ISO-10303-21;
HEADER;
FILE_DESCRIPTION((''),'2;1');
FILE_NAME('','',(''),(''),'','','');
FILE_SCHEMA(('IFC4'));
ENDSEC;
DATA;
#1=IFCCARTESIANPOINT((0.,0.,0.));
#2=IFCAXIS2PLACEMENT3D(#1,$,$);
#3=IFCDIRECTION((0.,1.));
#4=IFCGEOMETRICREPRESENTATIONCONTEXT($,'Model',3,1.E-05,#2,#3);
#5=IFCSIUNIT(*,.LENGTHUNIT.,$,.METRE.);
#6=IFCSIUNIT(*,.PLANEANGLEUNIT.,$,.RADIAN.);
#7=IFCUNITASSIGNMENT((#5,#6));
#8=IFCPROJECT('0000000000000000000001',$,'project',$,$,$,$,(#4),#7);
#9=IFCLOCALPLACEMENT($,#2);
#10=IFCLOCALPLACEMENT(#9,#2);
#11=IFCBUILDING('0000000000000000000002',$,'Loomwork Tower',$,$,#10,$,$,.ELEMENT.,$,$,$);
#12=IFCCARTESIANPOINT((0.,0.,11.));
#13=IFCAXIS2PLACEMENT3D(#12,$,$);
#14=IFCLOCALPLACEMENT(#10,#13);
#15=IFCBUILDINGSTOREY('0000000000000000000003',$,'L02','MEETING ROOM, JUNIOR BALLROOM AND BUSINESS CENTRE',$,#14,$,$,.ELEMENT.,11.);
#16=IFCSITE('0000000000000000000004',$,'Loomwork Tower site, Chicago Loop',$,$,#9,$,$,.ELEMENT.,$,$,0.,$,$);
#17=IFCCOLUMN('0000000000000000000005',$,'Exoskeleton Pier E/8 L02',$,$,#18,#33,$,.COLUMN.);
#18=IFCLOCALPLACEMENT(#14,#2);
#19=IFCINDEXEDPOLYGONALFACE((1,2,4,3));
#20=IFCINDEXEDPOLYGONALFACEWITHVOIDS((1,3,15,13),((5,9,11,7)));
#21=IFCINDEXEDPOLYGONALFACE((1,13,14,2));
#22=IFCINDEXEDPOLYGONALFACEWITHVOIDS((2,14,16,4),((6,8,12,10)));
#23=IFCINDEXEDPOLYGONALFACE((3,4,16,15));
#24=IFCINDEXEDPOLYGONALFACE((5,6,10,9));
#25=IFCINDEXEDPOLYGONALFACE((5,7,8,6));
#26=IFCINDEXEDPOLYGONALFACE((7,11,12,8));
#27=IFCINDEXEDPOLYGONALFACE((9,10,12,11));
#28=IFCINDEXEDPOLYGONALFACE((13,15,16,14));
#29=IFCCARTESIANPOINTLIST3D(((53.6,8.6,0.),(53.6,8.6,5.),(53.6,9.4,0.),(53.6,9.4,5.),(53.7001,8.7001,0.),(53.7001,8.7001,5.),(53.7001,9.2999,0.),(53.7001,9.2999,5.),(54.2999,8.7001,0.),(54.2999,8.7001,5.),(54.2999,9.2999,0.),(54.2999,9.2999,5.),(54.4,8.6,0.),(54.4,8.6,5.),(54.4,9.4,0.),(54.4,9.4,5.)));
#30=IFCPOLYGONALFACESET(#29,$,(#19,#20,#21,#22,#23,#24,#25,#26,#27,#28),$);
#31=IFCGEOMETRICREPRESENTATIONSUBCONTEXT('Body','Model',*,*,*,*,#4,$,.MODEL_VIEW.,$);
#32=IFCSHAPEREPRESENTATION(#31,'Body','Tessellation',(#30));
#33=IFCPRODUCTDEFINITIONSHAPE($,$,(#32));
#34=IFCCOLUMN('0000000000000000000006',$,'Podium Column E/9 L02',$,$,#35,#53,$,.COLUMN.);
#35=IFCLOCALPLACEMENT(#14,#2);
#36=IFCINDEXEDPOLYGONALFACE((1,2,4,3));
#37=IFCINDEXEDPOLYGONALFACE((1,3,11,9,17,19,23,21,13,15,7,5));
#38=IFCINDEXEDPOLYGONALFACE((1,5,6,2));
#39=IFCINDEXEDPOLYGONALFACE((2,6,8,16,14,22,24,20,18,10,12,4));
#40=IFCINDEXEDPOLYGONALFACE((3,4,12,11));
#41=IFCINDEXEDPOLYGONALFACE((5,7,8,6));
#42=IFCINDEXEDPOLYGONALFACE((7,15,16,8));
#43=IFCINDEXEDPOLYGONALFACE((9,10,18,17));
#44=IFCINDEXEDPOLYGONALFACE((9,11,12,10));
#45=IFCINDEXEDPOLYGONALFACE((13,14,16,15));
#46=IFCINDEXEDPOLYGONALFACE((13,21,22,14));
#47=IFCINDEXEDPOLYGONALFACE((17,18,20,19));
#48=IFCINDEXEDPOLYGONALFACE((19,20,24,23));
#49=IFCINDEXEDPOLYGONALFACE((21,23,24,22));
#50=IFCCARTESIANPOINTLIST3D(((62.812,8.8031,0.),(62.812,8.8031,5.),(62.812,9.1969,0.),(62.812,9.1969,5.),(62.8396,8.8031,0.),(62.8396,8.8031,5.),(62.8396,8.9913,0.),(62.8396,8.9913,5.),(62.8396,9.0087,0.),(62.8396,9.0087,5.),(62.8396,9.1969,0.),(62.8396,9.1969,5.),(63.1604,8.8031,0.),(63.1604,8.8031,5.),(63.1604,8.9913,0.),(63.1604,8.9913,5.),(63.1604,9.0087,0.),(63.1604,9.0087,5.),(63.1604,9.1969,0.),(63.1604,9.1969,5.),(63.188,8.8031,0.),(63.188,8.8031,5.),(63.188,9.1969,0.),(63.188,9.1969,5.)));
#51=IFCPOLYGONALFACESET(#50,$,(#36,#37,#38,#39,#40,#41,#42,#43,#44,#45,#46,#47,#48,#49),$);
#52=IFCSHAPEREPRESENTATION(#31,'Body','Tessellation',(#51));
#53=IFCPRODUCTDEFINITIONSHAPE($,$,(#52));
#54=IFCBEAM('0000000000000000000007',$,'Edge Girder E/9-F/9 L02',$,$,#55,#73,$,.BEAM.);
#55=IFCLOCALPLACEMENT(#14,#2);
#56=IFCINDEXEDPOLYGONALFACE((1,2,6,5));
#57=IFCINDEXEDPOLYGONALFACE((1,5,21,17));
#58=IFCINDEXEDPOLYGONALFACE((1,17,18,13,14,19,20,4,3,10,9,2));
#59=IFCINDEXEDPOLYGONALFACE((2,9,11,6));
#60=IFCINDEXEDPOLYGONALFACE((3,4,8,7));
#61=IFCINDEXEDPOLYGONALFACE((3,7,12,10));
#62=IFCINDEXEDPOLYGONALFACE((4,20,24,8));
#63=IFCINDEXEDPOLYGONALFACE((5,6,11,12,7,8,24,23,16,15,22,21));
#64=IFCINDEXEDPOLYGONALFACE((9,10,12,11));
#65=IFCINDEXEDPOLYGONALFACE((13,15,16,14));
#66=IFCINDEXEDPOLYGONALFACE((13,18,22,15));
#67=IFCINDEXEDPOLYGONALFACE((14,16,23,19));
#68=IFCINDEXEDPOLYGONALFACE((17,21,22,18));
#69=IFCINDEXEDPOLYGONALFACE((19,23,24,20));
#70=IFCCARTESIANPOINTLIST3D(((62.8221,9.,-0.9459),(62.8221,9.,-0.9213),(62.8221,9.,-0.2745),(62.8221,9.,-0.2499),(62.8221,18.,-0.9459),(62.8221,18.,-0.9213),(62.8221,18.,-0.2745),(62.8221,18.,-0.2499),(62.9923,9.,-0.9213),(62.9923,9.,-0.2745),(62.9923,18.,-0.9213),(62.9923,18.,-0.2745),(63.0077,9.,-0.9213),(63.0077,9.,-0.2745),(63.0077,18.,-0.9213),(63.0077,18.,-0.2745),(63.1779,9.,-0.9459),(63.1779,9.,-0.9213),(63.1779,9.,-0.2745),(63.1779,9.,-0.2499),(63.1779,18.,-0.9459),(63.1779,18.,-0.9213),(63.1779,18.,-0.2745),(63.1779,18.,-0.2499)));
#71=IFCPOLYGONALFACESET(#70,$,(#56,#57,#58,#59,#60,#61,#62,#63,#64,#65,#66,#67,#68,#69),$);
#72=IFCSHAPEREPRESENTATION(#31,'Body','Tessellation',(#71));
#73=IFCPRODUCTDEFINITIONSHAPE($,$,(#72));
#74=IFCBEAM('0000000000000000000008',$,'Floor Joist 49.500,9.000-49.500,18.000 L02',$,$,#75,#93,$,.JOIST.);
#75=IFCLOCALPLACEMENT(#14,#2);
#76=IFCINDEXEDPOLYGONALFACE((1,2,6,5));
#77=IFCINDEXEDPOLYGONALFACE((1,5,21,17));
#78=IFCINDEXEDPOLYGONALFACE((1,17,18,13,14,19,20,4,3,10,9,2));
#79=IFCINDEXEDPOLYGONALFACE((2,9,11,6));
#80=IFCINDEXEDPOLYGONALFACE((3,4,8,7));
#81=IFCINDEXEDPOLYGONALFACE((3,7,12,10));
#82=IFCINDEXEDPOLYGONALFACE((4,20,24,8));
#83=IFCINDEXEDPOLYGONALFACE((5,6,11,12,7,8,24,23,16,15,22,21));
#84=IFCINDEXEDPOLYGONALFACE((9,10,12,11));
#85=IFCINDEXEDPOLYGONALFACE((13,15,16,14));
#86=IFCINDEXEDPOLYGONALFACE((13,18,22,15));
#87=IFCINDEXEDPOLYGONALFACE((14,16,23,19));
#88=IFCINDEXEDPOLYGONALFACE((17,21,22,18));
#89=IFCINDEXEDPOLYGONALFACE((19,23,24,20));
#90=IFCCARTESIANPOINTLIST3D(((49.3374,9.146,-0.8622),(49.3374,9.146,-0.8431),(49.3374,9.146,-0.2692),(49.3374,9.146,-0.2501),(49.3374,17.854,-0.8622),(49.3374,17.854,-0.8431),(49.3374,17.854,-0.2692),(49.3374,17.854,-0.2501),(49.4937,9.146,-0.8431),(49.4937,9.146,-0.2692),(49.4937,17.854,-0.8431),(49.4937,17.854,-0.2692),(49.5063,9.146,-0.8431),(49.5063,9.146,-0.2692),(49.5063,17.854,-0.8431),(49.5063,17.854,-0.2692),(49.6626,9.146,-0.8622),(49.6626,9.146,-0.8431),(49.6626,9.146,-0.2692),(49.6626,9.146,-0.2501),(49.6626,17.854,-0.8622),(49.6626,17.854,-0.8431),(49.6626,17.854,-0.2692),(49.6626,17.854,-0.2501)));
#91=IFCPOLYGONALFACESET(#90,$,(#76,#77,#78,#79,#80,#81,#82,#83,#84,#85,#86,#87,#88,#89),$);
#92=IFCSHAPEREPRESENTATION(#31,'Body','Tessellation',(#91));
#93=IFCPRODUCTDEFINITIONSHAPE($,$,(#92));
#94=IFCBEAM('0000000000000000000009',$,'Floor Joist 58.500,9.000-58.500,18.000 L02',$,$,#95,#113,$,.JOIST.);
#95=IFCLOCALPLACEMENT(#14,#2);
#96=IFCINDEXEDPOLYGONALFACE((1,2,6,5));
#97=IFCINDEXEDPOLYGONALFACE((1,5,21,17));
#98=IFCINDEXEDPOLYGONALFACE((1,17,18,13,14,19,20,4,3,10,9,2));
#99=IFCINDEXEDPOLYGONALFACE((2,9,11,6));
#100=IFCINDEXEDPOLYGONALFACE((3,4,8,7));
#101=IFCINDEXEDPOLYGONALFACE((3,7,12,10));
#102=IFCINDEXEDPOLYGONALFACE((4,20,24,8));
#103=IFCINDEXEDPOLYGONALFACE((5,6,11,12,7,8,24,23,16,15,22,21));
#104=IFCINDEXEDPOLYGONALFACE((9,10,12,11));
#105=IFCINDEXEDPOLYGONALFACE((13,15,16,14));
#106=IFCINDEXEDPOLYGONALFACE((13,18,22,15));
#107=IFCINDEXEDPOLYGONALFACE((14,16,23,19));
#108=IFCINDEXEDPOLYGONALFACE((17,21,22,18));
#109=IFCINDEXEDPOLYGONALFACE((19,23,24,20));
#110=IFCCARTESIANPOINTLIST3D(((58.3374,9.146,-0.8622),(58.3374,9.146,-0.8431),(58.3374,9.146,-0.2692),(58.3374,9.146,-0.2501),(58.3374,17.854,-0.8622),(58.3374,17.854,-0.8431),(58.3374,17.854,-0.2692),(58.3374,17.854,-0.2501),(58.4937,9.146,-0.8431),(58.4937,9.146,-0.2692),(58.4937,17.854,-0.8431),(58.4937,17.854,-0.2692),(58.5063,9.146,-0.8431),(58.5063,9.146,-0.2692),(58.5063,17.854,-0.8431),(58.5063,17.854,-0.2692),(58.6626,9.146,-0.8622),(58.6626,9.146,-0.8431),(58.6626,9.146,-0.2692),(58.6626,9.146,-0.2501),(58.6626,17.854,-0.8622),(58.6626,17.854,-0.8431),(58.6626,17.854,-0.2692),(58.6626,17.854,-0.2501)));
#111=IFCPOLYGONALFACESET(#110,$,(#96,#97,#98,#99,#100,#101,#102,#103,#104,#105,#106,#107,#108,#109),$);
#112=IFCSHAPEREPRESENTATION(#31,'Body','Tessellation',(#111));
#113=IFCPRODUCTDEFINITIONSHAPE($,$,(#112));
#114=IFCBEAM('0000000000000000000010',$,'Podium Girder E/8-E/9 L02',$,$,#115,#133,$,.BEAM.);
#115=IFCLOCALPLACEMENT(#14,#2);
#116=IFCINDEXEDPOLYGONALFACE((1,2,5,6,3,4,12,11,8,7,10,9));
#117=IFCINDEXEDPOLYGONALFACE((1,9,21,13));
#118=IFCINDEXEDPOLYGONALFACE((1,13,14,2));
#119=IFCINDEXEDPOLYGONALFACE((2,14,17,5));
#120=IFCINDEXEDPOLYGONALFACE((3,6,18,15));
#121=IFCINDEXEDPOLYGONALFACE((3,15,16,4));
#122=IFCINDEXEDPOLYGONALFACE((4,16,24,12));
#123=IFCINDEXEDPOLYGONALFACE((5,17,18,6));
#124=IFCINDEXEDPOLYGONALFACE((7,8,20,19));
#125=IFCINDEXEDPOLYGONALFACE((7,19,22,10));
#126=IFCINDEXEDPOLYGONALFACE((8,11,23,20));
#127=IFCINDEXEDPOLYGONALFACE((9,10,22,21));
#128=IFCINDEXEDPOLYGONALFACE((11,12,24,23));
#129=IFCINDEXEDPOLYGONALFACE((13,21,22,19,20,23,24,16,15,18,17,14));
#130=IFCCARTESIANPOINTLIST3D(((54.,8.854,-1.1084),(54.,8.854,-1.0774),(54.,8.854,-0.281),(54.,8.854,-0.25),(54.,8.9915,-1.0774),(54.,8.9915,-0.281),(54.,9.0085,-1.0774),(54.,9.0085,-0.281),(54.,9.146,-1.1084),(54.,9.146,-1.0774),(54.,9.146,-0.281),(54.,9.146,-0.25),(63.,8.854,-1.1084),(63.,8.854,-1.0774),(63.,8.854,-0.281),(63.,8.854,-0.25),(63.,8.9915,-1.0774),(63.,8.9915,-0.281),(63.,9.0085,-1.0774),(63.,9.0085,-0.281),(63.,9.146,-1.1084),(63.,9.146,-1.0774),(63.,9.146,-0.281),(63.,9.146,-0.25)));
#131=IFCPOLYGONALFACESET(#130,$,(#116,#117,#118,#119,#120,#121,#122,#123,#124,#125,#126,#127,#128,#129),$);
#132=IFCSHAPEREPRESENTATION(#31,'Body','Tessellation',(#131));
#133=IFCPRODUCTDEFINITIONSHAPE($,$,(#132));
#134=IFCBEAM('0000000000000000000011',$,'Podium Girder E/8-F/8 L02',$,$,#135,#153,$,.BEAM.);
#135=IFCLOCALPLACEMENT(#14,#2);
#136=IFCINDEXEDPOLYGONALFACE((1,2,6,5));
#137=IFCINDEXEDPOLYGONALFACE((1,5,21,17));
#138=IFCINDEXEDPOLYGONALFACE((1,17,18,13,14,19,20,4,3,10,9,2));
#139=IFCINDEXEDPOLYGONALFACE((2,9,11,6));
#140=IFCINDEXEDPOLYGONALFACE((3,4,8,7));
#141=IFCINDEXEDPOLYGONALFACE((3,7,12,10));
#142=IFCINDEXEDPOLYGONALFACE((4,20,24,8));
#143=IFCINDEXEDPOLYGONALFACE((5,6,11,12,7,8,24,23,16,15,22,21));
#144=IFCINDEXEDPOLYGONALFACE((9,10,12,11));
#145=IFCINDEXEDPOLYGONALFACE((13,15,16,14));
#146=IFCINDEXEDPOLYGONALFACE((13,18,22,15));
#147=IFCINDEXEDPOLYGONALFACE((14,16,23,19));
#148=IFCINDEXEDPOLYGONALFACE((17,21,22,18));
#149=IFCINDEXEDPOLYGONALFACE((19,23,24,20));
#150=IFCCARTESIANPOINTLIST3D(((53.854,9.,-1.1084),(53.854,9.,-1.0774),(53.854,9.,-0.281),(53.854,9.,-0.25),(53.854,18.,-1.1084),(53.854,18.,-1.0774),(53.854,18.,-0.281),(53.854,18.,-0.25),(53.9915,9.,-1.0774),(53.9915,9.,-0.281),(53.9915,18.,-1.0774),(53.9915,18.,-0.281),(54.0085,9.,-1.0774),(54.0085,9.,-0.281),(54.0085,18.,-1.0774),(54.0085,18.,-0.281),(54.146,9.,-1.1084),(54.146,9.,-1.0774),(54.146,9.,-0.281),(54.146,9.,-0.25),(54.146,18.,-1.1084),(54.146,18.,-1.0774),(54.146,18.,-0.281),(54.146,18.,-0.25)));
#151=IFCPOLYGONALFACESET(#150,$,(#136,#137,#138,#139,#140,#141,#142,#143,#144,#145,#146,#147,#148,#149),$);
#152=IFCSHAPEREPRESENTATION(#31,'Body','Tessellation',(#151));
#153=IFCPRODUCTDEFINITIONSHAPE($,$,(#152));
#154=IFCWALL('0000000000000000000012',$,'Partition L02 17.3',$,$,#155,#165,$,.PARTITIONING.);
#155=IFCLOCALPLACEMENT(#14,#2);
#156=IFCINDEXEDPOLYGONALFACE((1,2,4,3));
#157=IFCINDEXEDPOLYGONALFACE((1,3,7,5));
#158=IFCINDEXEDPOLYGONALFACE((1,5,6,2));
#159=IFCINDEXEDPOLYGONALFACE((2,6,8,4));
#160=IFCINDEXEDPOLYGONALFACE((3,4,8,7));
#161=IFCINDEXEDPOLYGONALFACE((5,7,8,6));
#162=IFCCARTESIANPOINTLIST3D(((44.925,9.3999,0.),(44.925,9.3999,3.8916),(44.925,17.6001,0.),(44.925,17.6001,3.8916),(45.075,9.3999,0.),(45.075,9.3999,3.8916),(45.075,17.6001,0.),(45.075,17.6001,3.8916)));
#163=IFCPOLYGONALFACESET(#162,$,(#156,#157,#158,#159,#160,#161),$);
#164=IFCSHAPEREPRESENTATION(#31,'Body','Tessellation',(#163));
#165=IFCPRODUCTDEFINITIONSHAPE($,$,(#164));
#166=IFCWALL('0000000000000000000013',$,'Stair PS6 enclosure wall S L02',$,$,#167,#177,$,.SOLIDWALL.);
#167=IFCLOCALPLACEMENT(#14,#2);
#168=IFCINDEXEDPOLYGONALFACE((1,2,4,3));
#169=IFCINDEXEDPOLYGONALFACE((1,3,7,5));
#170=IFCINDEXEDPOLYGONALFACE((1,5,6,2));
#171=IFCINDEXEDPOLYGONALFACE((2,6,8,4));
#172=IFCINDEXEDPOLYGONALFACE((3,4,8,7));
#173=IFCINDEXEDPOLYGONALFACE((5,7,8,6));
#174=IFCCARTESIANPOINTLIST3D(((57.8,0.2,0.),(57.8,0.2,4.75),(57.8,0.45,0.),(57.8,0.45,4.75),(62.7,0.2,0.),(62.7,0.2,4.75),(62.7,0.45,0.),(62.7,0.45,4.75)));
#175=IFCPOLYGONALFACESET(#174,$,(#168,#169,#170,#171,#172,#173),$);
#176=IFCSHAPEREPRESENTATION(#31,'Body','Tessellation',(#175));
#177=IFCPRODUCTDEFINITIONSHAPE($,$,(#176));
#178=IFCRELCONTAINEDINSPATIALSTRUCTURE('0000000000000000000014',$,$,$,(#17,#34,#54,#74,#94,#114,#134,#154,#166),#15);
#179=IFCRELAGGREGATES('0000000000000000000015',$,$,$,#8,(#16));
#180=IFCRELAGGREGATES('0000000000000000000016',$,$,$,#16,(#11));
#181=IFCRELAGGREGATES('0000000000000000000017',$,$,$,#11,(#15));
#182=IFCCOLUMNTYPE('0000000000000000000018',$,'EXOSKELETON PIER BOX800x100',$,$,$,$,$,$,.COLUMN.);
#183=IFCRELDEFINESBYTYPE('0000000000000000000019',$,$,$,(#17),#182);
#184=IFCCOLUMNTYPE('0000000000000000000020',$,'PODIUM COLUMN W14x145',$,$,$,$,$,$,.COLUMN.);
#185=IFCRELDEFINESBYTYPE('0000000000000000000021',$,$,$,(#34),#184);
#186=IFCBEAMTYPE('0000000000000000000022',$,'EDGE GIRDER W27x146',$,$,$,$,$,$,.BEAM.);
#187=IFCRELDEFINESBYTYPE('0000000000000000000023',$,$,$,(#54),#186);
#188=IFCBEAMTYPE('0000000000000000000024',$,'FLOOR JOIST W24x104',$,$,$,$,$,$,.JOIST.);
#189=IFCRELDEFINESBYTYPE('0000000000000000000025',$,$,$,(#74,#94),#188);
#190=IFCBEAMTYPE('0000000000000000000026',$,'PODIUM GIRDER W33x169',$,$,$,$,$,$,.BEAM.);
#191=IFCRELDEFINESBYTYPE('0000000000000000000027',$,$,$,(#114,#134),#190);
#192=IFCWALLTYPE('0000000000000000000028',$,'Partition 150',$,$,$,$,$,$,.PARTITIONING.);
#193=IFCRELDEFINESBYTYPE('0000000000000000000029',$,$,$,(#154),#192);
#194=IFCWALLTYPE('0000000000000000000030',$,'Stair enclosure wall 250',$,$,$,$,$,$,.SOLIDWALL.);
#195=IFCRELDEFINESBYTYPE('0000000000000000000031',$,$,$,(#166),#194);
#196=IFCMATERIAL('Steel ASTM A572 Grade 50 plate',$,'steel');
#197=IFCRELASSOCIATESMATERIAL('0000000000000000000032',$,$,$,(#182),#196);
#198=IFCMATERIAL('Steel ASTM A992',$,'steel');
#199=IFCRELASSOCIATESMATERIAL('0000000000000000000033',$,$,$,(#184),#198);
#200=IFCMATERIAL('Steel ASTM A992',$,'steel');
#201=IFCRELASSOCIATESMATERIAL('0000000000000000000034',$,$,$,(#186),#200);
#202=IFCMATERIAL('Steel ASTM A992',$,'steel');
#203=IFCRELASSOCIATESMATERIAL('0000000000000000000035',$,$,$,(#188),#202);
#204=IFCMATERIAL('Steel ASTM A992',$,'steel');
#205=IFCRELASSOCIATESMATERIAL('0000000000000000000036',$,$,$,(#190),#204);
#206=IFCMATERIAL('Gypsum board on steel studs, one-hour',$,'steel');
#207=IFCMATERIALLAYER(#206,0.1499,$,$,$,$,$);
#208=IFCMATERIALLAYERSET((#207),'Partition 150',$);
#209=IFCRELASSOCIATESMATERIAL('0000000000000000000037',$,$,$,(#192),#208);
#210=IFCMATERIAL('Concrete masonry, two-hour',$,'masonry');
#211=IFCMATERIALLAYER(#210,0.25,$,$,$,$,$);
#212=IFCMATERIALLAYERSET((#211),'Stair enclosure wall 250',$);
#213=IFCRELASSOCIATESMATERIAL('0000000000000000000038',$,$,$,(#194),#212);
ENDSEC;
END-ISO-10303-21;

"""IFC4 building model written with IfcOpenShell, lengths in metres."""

from ifc_helpers import new_model, si_unit, direction, frame, frame_2d, origin, origin_2d, place, context, subcontext, project, spatial, rectangle, hollow_rectangle, i_section, extrude, material, layer, layer_set, material_profile, profile_set, type_object, element, save


model = new_model("IFC4")

# Units and contexts
model_context = context("Model", 3, precision=1e-05, world=origin(), true_north=direction((0.0, 1.0)))
body_context = subcontext(model_context, "Body", "Model", "MODEL_VIEW")
ifc_project = project(units=[si_unit("LENGTHUNIT", "METRE"), si_unit("PLANEANGLEUNIT", "RADIAN")], contexts=[model_context])

# Site, building, storey
site_placement = place(None, origin())
site = spatial("IfcSite", under=ifc_project, at=site_placement, Name="Loomwork Tower site, Chicago Loop", CompositionType="ELEMENT", RefElevation=0.0)
building_placement = place(site_placement, origin())
building = spatial("IfcBuilding", under=site, at=building_placement, Name="Loomwork Tower", CompositionType="ELEMENT")
storey_placement = place(building_placement, frame((0.0, 0.0, 11.0)))
storey = spatial("IfcBuildingStorey", under=building, at=storey_placement, Name="L02", Description="MEETING ROOM, JUNIOR BALLROOM AND BUSINESS CENTRE", CompositionType="ELEMENT", Elevation=11.0)

# Columns
ifc_material_1 = material(Name="Steel ASTM A572 Grade 50 plate", Category="steel")
ifc_material_profile_1 = material_profile(ifc_material_1, hollow_rectangle(XDim=0.8, YDim=0.8, WallThickness=0.1001, at=origin_2d()), Name="BOX800x100")
ifc_profile_set_1 = profile_set([ifc_material_profile_1], Name="Steel ASTM A572 Grade 50 plate")
column_type_1 = type_object("IfcColumnType", Name="EXOSKELETON PIER BOX800x100", PredefinedType="COLUMN", material=ifc_profile_set_1)
column_1_placement = place(storey_placement, frame((54.0, 9.0, 0.0), z_axis=(0.0, 0.0, 1.0), x_axis=(0.0, 1.0, 0.0)))
element("IfcColumn", 1, at=column_1_placement, inside=storey, type_object=column_type_1, Name="Exoskeleton Pier E/8 L02", PredefinedType="COLUMN", context=body_context, shape_type="SweptSolid", body=[
    extrude(hollow_rectangle(XDim=0.8, YDim=0.8, WallThickness=0.1001, at=origin_2d()), origin(), (0.0, 0.0, 1.0), 5.0),
])
ifc_material_2 = material(Name="Steel ASTM A992", Category="steel")
ifc_material_profile_2 = material_profile(ifc_material_2, i_section(OverallWidth=0.3938, OverallDepth=0.376, WebThickness=0.0173, FlangeThickness=0.0276, at=origin_2d()), Name="W14x145")
ifc_profile_set_2 = profile_set([ifc_material_profile_2], Name="Steel ASTM A992")
column_type_2 = type_object("IfcColumnType", Name="PODIUM COLUMN W14x145", PredefinedType="COLUMN", material=ifc_profile_set_2)
column_2_placement = place(storey_placement, frame((63.0, 9.0, 0.0), z_axis=(0.0, 0.0, 1.0), x_axis=(0.0, 1.0, 0.0)))
element("IfcColumn", 2, at=column_2_placement, inside=storey, type_object=column_type_2, Name="Podium Column E/9 L02", PredefinedType="COLUMN", context=body_context, shape_type="SweptSolid", body=[
    extrude(i_section(OverallWidth=0.3938, OverallDepth=0.376, WebThickness=0.0173, FlangeThickness=0.0276, at=origin_2d()), origin(), (0.0, 0.0, 1.0), 5.0),
])

# Beams
ifc_material_3 = material(Name="Steel ASTM A992", Category="steel")
ifc_material_profile_3 = material_profile(ifc_material_3, i_section(OverallWidth=0.3557, OverallDepth=0.696, WebThickness=0.0154, FlangeThickness=0.0247, at=origin_2d()), Name="W27x146")
ifc_profile_set_3 = profile_set([ifc_material_profile_3], Name="Steel ASTM A992")
beam_type_1 = type_object("IfcBeamType", Name="EDGE GIRDER W27x146", PredefinedType="BEAM", material=ifc_profile_set_3)
beam_placement = place(storey_placement, frame((63.0, 9.0, -0.5979), z_axis=(0.0, 1.0, 0.0), x_axis=(-1.0, 0.0, 0.0)))
element("IfcBeam", 3, at=beam_placement, inside=storey, type_object=beam_type_1, Name="Edge Girder E/9-F/9 L02", PredefinedType="BEAM", context=body_context, shape_type="SweptSolid", body=[
    extrude(i_section(OverallWidth=0.3557, OverallDepth=0.696, WebThickness=0.0154, FlangeThickness=0.0247, at=origin_2d()), origin(), (0.0, 0.0, 1.0), 9.0),
])
ifc_material_4 = material(Name="Steel ASTM A992", Category="steel")
ifc_material_profile_4 = material_profile(ifc_material_4, i_section(OverallWidth=0.3252, OverallDepth=0.6121, WebThickness=0.0127, FlangeThickness=0.019, at=origin_2d()), Name="W24x104")
ifc_profile_set_4 = profile_set([ifc_material_profile_4], Name="Steel ASTM A992")
beam_type_2 = type_object("IfcBeamType", Name="FLOOR JOIST W24x104", PredefinedType="JOIST", material=ifc_profile_set_4)
for number, where, z_axis, x_axis, name in (
    (4, (49.5, 9.146, -0.5562), (0.0, 1.0, 0.0), (-1.0, 0.0, 0.0), "Floor Joist 49.500,9.000-49.500,18.000 L02"),
    (5, (58.5, 9.146, -0.5562), (0.0, 1.0, 0.0), (-1.0, 0.0, 0.0), "Floor Joist 58.500,9.000-58.500,18.000 L02"),
):
    element("IfcBeam", number, at=place(storey_placement, frame(where, z_axis=z_axis, x_axis=x_axis)), inside=storey, type_object=beam_type_2, Name=name, PredefinedType="JOIST", context=body_context, shape_type="SweptSolid", body=[
        extrude(i_section(OverallWidth=0.3252, OverallDepth=0.6121, WebThickness=0.0127, FlangeThickness=0.019, at=origin_2d()), origin(), (0.0, 0.0, 1.0), 8.708),
    ])
ifc_material_5 = material(Name="Steel ASTM A992", Category="steel")
ifc_material_profile_5 = material_profile(ifc_material_5, i_section(OverallWidth=0.292, OverallDepth=0.8584, WebThickness=0.0171, FlangeThickness=0.031, at=origin_2d()), Name="W33x169")
ifc_profile_set_5 = profile_set([ifc_material_profile_5], Name="Steel ASTM A992")
beam_type_3 = type_object("IfcBeamType", Name="PODIUM GIRDER W33x169", PredefinedType="BEAM", material=ifc_profile_set_5)
for number, where, z_axis, x_axis, name in (
    (6, (54.0, 9.0, -0.6792), (1.0, 0.0, 0.0), (0.0, 1.0, 0.0), "Podium Girder E/8-E/9 L02"),
    (7, (54.0, 9.0, -0.6792), (0.0, 1.0, 0.0), (-1.0, 0.0, 0.0), "Podium Girder E/8-F/8 L02"),
):
    element("IfcBeam", number, at=place(storey_placement, frame(where, z_axis=z_axis, x_axis=x_axis)), inside=storey, type_object=beam_type_3, Name=name, PredefinedType="BEAM", context=body_context, shape_type="SweptSolid", body=[
        extrude(i_section(OverallWidth=0.292, OverallDepth=0.8584, WebThickness=0.0171, FlangeThickness=0.031, at=origin_2d()), origin(), (0.0, 0.0, 1.0), 9.0),
    ])

# Walls
ifc_material_6 = material(Name="Gypsum board on steel studs, one-hour", Category="steel")
ifc_layer_1 = layer(ifc_material_6, 0.1499)
ifc_layer_set_1 = layer_set([ifc_layer_1], Name="Partition 150")
wall_type_1 = type_object("IfcWallType", Name="Partition 150", PredefinedType="PARTITIONING", material=ifc_layer_set_1)
wall_1_placement = place(storey_placement, frame((45.0, 9.3999, 0.0), z_axis=(0.0, 0.0, 1.0), x_axis=(0.0, 1.0, 0.0)))
element("IfcWall", 8, at=wall_1_placement, inside=storey, type_object=wall_type_1, Name="Partition L02 17.3", PredefinedType="PARTITIONING", context=body_context, shape_type="SweptSolid", body=[
    extrude(rectangle(XDim=8.2002, YDim=0.1499, at=frame_2d((4.1001, 0.0))), origin(), (0.0, 0.0, 1.0), 3.8916),
])
ifc_material_7 = material(Name="Concrete masonry, two-hour", Category="masonry")
ifc_layer_2 = layer(ifc_material_7, 0.25)
ifc_layer_set_2 = layer_set([ifc_layer_2], Name="Stair enclosure wall 250")
wall_type_2 = type_object("IfcWallType", Name="Stair enclosure wall 250", PredefinedType="SOLIDWALL", material=ifc_layer_set_2)
for number, where, z_axis, x_axis, name in (
    (9, (57.8, 0.325, 0.0), (0.0, 0.0, 1.0), (1.0, 0.0, 0.0), "Stair PS6 enclosure wall S L02"),
):
    element("IfcWall", number, at=place(storey_placement, frame(where, z_axis=z_axis, x_axis=x_axis)), inside=storey, type_object=wall_type_2, Name=name, PredefinedType="SOLIDWALL", context=body_context, shape_type="SweptSolid", body=[
        extrude(rectangle(XDim=4.8999, YDim=0.25, at=frame_2d((2.45, 0.0))), origin(), (0.0, 0.0, 1.0), 4.75),
    ])

save(model, "model.ifc")
